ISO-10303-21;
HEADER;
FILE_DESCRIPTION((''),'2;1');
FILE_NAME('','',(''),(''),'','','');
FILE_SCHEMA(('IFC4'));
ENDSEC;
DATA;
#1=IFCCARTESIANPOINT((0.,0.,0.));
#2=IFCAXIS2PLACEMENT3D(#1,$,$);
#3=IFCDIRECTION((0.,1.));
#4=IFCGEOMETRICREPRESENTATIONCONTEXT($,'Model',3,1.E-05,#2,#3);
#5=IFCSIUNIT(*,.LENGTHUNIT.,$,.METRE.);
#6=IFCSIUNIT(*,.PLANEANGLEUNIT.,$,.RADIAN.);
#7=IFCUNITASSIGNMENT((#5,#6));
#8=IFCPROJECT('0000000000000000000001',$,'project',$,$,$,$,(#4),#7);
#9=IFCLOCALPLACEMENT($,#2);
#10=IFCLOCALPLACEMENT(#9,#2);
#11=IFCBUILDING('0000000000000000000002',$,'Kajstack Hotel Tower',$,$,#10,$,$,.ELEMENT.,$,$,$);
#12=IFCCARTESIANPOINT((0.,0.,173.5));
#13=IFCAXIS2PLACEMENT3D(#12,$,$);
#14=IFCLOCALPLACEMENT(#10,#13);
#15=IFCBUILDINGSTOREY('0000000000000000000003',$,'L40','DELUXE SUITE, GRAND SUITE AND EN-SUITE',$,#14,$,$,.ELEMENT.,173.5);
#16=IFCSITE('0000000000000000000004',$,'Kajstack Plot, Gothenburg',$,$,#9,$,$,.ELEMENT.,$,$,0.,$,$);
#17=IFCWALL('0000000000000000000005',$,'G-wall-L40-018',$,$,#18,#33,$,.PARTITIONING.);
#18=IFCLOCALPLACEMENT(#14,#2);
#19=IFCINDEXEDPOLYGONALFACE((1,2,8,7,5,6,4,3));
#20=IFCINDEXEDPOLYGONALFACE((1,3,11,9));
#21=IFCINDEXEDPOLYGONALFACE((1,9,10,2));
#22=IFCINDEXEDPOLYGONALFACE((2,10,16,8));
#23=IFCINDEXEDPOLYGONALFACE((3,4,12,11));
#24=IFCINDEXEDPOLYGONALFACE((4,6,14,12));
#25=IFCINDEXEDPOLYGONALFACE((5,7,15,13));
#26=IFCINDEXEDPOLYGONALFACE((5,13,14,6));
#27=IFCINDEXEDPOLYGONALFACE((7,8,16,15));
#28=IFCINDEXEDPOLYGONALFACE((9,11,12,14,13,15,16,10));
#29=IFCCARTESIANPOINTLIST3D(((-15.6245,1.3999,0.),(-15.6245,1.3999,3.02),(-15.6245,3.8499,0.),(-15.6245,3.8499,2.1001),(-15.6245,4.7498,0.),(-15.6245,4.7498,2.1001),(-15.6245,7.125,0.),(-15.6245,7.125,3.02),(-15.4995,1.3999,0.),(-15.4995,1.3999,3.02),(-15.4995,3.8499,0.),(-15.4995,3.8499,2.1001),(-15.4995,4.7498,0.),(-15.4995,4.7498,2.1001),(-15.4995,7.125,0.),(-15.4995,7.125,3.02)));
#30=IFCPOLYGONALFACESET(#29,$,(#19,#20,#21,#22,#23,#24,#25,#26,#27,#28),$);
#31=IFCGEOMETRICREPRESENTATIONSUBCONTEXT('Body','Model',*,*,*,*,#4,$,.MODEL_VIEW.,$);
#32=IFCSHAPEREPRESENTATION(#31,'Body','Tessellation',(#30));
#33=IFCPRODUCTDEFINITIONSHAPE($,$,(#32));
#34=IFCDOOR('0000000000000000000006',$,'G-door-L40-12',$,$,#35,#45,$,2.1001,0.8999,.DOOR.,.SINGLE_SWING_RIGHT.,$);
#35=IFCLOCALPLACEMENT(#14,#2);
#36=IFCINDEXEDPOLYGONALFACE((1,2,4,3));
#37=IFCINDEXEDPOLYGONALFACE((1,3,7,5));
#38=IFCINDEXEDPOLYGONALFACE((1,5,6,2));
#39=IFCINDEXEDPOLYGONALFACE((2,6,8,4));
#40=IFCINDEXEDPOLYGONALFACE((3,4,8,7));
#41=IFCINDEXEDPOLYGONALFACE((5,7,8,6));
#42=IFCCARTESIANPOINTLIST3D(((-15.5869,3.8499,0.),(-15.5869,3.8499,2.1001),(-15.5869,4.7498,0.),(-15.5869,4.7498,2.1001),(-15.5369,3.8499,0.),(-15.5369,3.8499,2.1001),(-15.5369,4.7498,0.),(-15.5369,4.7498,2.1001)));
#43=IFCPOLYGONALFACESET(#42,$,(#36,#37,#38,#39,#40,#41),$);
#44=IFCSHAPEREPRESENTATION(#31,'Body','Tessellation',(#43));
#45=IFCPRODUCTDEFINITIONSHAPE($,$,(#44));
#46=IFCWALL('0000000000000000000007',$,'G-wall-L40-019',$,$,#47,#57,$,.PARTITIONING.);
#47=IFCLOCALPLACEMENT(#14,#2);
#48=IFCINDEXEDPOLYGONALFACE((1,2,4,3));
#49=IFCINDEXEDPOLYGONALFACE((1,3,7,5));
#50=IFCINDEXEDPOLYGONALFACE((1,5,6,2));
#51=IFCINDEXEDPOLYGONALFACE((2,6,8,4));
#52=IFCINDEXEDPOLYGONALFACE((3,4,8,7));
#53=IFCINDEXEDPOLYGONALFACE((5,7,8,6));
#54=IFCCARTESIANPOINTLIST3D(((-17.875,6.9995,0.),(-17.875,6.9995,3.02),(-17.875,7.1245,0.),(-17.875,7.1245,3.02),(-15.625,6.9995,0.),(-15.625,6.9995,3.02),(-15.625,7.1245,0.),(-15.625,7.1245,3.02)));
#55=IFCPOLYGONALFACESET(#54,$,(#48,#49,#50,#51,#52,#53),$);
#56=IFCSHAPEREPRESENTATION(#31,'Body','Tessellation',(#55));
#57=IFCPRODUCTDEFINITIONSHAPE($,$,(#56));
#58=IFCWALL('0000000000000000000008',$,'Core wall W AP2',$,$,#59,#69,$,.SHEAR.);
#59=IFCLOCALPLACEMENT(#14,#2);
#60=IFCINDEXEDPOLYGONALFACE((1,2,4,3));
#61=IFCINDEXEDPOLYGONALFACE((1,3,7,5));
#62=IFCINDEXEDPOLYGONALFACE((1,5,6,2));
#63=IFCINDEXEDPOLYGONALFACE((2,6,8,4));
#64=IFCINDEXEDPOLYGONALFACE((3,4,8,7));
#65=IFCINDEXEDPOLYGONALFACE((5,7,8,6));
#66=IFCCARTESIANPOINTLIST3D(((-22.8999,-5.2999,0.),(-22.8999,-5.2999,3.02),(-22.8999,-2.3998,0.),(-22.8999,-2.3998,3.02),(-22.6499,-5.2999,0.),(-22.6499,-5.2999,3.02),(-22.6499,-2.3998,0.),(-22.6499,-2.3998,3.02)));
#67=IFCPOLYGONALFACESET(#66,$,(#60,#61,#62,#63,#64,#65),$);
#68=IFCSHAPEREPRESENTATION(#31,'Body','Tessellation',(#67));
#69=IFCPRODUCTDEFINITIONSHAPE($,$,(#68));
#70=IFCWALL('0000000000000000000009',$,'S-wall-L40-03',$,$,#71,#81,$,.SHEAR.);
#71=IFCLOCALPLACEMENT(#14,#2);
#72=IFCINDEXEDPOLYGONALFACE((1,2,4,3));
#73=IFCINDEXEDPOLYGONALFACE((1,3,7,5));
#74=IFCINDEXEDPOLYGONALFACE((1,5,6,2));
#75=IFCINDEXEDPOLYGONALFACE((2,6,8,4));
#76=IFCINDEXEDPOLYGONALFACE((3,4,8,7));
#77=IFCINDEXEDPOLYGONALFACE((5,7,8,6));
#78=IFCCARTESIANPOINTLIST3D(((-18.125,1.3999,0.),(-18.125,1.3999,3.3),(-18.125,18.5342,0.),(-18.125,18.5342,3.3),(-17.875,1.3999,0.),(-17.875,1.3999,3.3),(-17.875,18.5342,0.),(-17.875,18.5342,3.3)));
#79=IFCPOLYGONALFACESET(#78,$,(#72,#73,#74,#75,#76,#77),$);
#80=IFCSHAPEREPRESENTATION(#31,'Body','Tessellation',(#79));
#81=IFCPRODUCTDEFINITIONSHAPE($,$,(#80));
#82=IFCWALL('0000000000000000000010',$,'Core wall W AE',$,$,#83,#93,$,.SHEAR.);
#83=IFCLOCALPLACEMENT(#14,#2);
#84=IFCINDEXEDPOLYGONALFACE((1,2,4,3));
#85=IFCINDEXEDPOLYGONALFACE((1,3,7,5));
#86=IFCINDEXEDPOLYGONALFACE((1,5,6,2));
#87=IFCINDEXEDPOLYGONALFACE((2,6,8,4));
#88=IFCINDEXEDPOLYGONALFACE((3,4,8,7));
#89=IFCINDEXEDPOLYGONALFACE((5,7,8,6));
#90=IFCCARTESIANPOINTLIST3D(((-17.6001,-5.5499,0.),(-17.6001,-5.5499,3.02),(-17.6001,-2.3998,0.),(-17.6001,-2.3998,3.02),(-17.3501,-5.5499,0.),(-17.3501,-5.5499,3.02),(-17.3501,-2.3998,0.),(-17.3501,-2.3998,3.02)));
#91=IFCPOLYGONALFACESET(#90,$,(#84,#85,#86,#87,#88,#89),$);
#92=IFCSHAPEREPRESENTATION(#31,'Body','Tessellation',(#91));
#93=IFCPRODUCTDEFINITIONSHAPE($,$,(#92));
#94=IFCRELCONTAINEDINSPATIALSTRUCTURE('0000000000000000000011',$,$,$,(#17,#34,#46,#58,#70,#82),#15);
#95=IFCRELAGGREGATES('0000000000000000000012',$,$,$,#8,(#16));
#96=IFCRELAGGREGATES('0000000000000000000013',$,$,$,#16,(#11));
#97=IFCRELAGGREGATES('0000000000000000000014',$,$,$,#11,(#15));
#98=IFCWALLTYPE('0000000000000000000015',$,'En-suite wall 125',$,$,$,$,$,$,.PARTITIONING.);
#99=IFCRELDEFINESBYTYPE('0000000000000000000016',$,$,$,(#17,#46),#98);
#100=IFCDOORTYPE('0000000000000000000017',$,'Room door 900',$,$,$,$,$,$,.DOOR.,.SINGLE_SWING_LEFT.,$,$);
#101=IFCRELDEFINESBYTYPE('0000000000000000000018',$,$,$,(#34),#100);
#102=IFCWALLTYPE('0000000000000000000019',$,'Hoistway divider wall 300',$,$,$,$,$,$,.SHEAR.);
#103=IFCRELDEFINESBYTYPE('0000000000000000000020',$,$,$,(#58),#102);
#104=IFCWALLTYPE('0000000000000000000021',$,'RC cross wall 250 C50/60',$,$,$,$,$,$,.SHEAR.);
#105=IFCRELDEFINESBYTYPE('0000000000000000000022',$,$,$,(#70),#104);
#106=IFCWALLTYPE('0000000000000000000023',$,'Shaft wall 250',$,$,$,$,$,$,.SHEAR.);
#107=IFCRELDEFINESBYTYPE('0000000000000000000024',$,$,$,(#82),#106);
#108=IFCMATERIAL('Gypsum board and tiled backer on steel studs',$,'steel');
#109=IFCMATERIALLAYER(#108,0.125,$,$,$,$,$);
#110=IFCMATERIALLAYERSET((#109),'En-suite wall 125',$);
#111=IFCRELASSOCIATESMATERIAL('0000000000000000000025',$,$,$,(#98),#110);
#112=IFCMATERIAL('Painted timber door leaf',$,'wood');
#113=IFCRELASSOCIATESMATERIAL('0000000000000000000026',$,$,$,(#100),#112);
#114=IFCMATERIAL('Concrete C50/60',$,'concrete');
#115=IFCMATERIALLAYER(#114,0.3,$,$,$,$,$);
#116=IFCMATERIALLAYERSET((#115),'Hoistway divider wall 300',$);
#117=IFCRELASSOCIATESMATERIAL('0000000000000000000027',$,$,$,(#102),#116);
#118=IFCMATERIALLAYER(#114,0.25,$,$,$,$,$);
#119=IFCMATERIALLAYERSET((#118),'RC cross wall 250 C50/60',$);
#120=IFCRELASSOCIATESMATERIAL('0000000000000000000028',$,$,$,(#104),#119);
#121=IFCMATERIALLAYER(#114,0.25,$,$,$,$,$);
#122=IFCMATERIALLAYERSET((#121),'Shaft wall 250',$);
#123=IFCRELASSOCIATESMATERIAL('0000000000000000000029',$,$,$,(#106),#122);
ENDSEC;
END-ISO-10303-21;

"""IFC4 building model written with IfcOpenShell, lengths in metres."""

from ifc_helpers import new_model, si_unit, direction, frame, frame_2d, origin, place, context, subcontext, project, spatial, rectangle, extrude, material, layer, layer_set, type_object, element, fill, save


model = new_model("IFC4")

# Units and contexts
model_context = context("Model", 3, precision=1e-05, world=origin(), true_north=direction((0.0, 1.0)))
body_context = subcontext(model_context, "Body", "Model", "MODEL_VIEW")
ifc_project = project(units=[si_unit("LENGTHUNIT", "METRE"), si_unit("PLANEANGLEUNIT", "RADIAN")], contexts=[model_context])

# Site, building, storey
site_placement = place(None, origin())
site = spatial("IfcSite", under=ifc_project, at=site_placement, Name="Kajstack Plot, Gothenburg", CompositionType="ELEMENT", RefElevation=0.0)
building_placement = place(site_placement, origin())
building = spatial("IfcBuilding", under=site, at=building_placement, Name="Kajstack Hotel Tower", CompositionType="ELEMENT")
storey_placement = place(building_placement, frame((0.0, 0.0, 173.5)))
storey = spatial("IfcBuildingStorey", under=building, at=storey_placement, Name="L40", Description="DELUXE SUITE, GRAND SUITE AND EN-SUITE", CompositionType="ELEMENT", Elevation=173.5)

# Shared definitions
ifc_material_1 = material(Name="Gypsum board and tiled backer on steel studs", Category="steel")
ifc_layer_1 = layer(ifc_material_1, 0.125)
ifc_layer_set_1 = layer_set([ifc_layer_1], Name="En-suite wall 125")
wall_type_1 = type_object("IfcWallType", Name="En-suite wall 125", PredefinedType="PARTITIONING", material=ifc_layer_set_1)
ifc_material_2 = material(Name="Painted timber door leaf", Category="wood")
door_type_1 = type_object("IfcDoorType", Name="Room door 900", OperationType="SINGLE_SWING_LEFT", PredefinedType="DOOR", material=ifc_material_2)

# Wall, opening, door
wall_1_placement = place(storey_placement, frame((-15.562, 1.3999, 0.0), z_axis=(0.0, 0.0, 1.0), x_axis=(0.0, 1.0, 0.0)))
wall_1 = element("IfcWall", 1, at=wall_1_placement, inside=storey, type_object=wall_type_1, Name="G-wall-L40-018", PredefinedType="PARTITIONING", context=body_context, shape_type="SweptSolid", body=[
    extrude(rectangle(XDim=5.7251, YDim=0.125, at=frame_2d((2.8625, 0.0))), origin(), (0.0, 0.0, 1.0), 3.02),
])
opening_1_placement = place(wall_1_placement, frame((2.45, 0.0, 0.0)))
opening_1 = element("IfcOpeningElement", 2, at=opening_1_placement, cuts=wall_1, PredefinedType="OPENING", context=body_context, shape_type="SweptSolid", body=[
    extrude(rectangle(XDim=0.8999, YDim=2.1001, at=frame_2d((0.45, 1.05))), frame((0.0, 0.0725, 0.0), z_axis=(0.0, -1.0, 0.0), x_axis=(1.0, 0.0, 0.0)), (0.0, 0.0, 1.0), 0.145),
])
door_1_placement = place(opening_1_placement, origin())
door_1 = element("IfcDoor", 3, at=door_1_placement, inside=storey, type_object=door_type_1, Name="G-door-L40-12", OperationType="SINGLE_SWING_RIGHT", OverallHeight=2.1001, OverallWidth=0.8999, PredefinedType="DOOR", context=body_context, shape_type="SweptSolid", body=[
    extrude(rectangle(XDim=0.8999, YDim=2.1001, at=frame_2d((0.45, 1.05))), frame((0.0, 0.0249, 0.0), z_axis=(0.0, -1.0, 0.0), x_axis=(1.0, 0.0, 0.0)), (0.0, 0.0, 1.0), 0.05),
])
fill(opening_1, door_1)

# Walls
wall_2_placement = place(storey_placement, frame((-17.875, 7.062, 0.0), z_axis=(0.0, 0.0, 1.0), x_axis=(1.0, 0.0, 0.0)))
element("IfcWall", 4, at=wall_2_placement, inside=storey, type_object=wall_type_1, Name="G-wall-L40-019", PredefinedType="PARTITIONING", context=body_context, shape_type="SweptSolid", body=[
    extrude(rectangle(XDim=2.25, YDim=0.125, at=frame_2d((1.125, 0.0))), origin(), (0.0, 0.0, 1.0), 3.02),
])
ifc_material_3 = material(Name="Concrete C50/60", Category="concrete")
ifc_layer_2 = layer(ifc_material_3, 0.3)
ifc_layer_set_2 = layer_set([ifc_layer_2], Name="Hoistway divider wall 300")
wall_type_2 = type_object("IfcWallType", Name="Hoistway divider wall 300", PredefinedType="SHEAR", material=ifc_layer_set_2)
wall_3_placement = place(storey_placement, frame((-22.7749, -5.3, 0.0), z_axis=(0.0, 0.0, 1.0), x_axis=(0.0, 1.0, 0.0)))
element("IfcWall", 5, at=wall_3_placement, inside=storey, type_object=wall_type_2, Name="Core wall W AP2", PredefinedType="SHEAR", context=body_context, shape_type="SweptSolid", body=[
    extrude(rectangle(XDim=2.9001, YDim=0.25, at=frame_2d((1.4502, 0.0))), origin(), (0.0, 0.0, 1.0), 3.02),
])
ifc_layer_3 = layer(ifc_material_3, 0.25)
ifc_layer_set_3 = layer_set([ifc_layer_3], Name="RC cross wall 250 C50/60")
wall_type_3 = type_object("IfcWallType", Name="RC cross wall 250 C50/60", PredefinedType="SHEAR", material=ifc_layer_set_3)
wall_4_placement = place(storey_placement, frame((-18.0, 1.3999, 0.0), z_axis=(0.0, 0.0, 1.0), x_axis=(0.0, 1.0, 0.0)))
element("IfcWall", 6, at=wall_4_placement, inside=storey, type_object=wall_type_3, Name="S-wall-L40-03", PredefinedType="SHEAR", context=body_context, shape_type="SweptSolid", body=[
    extrude(rectangle(XDim=17.1343, YDim=0.25, at=frame_2d((8.5671, 0.0))), origin(), (0.0, 0.0, 1.0), 3.3),
])
ifc_layer_4 = layer(ifc_material_3, 0.25)
ifc_layer_set_4 = layer_set([ifc_layer_4], Name="Shaft wall 250")
wall_type_4 = type_object("IfcWallType", Name="Shaft wall 250", PredefinedType="SHEAR", material=ifc_layer_set_4)
wall_5_placement = place(storey_placement, frame((-17.4751, -5.55, 0.0), z_axis=(0.0, 0.0, 1.0), x_axis=(0.0, 1.0, 0.0)))
element("IfcWall", 7, at=wall_5_placement, inside=storey, type_object=wall_type_4, Name="Core wall W AE", PredefinedType="SHEAR", context=body_context, shape_type="SweptSolid", body=[
    extrude(rectangle(XDim=3.1501, YDim=0.25, at=frame_2d((1.5752, 0.0))), origin(), (0.0, 0.0, 1.0), 3.02),
])

save(model, "model.ifc")
